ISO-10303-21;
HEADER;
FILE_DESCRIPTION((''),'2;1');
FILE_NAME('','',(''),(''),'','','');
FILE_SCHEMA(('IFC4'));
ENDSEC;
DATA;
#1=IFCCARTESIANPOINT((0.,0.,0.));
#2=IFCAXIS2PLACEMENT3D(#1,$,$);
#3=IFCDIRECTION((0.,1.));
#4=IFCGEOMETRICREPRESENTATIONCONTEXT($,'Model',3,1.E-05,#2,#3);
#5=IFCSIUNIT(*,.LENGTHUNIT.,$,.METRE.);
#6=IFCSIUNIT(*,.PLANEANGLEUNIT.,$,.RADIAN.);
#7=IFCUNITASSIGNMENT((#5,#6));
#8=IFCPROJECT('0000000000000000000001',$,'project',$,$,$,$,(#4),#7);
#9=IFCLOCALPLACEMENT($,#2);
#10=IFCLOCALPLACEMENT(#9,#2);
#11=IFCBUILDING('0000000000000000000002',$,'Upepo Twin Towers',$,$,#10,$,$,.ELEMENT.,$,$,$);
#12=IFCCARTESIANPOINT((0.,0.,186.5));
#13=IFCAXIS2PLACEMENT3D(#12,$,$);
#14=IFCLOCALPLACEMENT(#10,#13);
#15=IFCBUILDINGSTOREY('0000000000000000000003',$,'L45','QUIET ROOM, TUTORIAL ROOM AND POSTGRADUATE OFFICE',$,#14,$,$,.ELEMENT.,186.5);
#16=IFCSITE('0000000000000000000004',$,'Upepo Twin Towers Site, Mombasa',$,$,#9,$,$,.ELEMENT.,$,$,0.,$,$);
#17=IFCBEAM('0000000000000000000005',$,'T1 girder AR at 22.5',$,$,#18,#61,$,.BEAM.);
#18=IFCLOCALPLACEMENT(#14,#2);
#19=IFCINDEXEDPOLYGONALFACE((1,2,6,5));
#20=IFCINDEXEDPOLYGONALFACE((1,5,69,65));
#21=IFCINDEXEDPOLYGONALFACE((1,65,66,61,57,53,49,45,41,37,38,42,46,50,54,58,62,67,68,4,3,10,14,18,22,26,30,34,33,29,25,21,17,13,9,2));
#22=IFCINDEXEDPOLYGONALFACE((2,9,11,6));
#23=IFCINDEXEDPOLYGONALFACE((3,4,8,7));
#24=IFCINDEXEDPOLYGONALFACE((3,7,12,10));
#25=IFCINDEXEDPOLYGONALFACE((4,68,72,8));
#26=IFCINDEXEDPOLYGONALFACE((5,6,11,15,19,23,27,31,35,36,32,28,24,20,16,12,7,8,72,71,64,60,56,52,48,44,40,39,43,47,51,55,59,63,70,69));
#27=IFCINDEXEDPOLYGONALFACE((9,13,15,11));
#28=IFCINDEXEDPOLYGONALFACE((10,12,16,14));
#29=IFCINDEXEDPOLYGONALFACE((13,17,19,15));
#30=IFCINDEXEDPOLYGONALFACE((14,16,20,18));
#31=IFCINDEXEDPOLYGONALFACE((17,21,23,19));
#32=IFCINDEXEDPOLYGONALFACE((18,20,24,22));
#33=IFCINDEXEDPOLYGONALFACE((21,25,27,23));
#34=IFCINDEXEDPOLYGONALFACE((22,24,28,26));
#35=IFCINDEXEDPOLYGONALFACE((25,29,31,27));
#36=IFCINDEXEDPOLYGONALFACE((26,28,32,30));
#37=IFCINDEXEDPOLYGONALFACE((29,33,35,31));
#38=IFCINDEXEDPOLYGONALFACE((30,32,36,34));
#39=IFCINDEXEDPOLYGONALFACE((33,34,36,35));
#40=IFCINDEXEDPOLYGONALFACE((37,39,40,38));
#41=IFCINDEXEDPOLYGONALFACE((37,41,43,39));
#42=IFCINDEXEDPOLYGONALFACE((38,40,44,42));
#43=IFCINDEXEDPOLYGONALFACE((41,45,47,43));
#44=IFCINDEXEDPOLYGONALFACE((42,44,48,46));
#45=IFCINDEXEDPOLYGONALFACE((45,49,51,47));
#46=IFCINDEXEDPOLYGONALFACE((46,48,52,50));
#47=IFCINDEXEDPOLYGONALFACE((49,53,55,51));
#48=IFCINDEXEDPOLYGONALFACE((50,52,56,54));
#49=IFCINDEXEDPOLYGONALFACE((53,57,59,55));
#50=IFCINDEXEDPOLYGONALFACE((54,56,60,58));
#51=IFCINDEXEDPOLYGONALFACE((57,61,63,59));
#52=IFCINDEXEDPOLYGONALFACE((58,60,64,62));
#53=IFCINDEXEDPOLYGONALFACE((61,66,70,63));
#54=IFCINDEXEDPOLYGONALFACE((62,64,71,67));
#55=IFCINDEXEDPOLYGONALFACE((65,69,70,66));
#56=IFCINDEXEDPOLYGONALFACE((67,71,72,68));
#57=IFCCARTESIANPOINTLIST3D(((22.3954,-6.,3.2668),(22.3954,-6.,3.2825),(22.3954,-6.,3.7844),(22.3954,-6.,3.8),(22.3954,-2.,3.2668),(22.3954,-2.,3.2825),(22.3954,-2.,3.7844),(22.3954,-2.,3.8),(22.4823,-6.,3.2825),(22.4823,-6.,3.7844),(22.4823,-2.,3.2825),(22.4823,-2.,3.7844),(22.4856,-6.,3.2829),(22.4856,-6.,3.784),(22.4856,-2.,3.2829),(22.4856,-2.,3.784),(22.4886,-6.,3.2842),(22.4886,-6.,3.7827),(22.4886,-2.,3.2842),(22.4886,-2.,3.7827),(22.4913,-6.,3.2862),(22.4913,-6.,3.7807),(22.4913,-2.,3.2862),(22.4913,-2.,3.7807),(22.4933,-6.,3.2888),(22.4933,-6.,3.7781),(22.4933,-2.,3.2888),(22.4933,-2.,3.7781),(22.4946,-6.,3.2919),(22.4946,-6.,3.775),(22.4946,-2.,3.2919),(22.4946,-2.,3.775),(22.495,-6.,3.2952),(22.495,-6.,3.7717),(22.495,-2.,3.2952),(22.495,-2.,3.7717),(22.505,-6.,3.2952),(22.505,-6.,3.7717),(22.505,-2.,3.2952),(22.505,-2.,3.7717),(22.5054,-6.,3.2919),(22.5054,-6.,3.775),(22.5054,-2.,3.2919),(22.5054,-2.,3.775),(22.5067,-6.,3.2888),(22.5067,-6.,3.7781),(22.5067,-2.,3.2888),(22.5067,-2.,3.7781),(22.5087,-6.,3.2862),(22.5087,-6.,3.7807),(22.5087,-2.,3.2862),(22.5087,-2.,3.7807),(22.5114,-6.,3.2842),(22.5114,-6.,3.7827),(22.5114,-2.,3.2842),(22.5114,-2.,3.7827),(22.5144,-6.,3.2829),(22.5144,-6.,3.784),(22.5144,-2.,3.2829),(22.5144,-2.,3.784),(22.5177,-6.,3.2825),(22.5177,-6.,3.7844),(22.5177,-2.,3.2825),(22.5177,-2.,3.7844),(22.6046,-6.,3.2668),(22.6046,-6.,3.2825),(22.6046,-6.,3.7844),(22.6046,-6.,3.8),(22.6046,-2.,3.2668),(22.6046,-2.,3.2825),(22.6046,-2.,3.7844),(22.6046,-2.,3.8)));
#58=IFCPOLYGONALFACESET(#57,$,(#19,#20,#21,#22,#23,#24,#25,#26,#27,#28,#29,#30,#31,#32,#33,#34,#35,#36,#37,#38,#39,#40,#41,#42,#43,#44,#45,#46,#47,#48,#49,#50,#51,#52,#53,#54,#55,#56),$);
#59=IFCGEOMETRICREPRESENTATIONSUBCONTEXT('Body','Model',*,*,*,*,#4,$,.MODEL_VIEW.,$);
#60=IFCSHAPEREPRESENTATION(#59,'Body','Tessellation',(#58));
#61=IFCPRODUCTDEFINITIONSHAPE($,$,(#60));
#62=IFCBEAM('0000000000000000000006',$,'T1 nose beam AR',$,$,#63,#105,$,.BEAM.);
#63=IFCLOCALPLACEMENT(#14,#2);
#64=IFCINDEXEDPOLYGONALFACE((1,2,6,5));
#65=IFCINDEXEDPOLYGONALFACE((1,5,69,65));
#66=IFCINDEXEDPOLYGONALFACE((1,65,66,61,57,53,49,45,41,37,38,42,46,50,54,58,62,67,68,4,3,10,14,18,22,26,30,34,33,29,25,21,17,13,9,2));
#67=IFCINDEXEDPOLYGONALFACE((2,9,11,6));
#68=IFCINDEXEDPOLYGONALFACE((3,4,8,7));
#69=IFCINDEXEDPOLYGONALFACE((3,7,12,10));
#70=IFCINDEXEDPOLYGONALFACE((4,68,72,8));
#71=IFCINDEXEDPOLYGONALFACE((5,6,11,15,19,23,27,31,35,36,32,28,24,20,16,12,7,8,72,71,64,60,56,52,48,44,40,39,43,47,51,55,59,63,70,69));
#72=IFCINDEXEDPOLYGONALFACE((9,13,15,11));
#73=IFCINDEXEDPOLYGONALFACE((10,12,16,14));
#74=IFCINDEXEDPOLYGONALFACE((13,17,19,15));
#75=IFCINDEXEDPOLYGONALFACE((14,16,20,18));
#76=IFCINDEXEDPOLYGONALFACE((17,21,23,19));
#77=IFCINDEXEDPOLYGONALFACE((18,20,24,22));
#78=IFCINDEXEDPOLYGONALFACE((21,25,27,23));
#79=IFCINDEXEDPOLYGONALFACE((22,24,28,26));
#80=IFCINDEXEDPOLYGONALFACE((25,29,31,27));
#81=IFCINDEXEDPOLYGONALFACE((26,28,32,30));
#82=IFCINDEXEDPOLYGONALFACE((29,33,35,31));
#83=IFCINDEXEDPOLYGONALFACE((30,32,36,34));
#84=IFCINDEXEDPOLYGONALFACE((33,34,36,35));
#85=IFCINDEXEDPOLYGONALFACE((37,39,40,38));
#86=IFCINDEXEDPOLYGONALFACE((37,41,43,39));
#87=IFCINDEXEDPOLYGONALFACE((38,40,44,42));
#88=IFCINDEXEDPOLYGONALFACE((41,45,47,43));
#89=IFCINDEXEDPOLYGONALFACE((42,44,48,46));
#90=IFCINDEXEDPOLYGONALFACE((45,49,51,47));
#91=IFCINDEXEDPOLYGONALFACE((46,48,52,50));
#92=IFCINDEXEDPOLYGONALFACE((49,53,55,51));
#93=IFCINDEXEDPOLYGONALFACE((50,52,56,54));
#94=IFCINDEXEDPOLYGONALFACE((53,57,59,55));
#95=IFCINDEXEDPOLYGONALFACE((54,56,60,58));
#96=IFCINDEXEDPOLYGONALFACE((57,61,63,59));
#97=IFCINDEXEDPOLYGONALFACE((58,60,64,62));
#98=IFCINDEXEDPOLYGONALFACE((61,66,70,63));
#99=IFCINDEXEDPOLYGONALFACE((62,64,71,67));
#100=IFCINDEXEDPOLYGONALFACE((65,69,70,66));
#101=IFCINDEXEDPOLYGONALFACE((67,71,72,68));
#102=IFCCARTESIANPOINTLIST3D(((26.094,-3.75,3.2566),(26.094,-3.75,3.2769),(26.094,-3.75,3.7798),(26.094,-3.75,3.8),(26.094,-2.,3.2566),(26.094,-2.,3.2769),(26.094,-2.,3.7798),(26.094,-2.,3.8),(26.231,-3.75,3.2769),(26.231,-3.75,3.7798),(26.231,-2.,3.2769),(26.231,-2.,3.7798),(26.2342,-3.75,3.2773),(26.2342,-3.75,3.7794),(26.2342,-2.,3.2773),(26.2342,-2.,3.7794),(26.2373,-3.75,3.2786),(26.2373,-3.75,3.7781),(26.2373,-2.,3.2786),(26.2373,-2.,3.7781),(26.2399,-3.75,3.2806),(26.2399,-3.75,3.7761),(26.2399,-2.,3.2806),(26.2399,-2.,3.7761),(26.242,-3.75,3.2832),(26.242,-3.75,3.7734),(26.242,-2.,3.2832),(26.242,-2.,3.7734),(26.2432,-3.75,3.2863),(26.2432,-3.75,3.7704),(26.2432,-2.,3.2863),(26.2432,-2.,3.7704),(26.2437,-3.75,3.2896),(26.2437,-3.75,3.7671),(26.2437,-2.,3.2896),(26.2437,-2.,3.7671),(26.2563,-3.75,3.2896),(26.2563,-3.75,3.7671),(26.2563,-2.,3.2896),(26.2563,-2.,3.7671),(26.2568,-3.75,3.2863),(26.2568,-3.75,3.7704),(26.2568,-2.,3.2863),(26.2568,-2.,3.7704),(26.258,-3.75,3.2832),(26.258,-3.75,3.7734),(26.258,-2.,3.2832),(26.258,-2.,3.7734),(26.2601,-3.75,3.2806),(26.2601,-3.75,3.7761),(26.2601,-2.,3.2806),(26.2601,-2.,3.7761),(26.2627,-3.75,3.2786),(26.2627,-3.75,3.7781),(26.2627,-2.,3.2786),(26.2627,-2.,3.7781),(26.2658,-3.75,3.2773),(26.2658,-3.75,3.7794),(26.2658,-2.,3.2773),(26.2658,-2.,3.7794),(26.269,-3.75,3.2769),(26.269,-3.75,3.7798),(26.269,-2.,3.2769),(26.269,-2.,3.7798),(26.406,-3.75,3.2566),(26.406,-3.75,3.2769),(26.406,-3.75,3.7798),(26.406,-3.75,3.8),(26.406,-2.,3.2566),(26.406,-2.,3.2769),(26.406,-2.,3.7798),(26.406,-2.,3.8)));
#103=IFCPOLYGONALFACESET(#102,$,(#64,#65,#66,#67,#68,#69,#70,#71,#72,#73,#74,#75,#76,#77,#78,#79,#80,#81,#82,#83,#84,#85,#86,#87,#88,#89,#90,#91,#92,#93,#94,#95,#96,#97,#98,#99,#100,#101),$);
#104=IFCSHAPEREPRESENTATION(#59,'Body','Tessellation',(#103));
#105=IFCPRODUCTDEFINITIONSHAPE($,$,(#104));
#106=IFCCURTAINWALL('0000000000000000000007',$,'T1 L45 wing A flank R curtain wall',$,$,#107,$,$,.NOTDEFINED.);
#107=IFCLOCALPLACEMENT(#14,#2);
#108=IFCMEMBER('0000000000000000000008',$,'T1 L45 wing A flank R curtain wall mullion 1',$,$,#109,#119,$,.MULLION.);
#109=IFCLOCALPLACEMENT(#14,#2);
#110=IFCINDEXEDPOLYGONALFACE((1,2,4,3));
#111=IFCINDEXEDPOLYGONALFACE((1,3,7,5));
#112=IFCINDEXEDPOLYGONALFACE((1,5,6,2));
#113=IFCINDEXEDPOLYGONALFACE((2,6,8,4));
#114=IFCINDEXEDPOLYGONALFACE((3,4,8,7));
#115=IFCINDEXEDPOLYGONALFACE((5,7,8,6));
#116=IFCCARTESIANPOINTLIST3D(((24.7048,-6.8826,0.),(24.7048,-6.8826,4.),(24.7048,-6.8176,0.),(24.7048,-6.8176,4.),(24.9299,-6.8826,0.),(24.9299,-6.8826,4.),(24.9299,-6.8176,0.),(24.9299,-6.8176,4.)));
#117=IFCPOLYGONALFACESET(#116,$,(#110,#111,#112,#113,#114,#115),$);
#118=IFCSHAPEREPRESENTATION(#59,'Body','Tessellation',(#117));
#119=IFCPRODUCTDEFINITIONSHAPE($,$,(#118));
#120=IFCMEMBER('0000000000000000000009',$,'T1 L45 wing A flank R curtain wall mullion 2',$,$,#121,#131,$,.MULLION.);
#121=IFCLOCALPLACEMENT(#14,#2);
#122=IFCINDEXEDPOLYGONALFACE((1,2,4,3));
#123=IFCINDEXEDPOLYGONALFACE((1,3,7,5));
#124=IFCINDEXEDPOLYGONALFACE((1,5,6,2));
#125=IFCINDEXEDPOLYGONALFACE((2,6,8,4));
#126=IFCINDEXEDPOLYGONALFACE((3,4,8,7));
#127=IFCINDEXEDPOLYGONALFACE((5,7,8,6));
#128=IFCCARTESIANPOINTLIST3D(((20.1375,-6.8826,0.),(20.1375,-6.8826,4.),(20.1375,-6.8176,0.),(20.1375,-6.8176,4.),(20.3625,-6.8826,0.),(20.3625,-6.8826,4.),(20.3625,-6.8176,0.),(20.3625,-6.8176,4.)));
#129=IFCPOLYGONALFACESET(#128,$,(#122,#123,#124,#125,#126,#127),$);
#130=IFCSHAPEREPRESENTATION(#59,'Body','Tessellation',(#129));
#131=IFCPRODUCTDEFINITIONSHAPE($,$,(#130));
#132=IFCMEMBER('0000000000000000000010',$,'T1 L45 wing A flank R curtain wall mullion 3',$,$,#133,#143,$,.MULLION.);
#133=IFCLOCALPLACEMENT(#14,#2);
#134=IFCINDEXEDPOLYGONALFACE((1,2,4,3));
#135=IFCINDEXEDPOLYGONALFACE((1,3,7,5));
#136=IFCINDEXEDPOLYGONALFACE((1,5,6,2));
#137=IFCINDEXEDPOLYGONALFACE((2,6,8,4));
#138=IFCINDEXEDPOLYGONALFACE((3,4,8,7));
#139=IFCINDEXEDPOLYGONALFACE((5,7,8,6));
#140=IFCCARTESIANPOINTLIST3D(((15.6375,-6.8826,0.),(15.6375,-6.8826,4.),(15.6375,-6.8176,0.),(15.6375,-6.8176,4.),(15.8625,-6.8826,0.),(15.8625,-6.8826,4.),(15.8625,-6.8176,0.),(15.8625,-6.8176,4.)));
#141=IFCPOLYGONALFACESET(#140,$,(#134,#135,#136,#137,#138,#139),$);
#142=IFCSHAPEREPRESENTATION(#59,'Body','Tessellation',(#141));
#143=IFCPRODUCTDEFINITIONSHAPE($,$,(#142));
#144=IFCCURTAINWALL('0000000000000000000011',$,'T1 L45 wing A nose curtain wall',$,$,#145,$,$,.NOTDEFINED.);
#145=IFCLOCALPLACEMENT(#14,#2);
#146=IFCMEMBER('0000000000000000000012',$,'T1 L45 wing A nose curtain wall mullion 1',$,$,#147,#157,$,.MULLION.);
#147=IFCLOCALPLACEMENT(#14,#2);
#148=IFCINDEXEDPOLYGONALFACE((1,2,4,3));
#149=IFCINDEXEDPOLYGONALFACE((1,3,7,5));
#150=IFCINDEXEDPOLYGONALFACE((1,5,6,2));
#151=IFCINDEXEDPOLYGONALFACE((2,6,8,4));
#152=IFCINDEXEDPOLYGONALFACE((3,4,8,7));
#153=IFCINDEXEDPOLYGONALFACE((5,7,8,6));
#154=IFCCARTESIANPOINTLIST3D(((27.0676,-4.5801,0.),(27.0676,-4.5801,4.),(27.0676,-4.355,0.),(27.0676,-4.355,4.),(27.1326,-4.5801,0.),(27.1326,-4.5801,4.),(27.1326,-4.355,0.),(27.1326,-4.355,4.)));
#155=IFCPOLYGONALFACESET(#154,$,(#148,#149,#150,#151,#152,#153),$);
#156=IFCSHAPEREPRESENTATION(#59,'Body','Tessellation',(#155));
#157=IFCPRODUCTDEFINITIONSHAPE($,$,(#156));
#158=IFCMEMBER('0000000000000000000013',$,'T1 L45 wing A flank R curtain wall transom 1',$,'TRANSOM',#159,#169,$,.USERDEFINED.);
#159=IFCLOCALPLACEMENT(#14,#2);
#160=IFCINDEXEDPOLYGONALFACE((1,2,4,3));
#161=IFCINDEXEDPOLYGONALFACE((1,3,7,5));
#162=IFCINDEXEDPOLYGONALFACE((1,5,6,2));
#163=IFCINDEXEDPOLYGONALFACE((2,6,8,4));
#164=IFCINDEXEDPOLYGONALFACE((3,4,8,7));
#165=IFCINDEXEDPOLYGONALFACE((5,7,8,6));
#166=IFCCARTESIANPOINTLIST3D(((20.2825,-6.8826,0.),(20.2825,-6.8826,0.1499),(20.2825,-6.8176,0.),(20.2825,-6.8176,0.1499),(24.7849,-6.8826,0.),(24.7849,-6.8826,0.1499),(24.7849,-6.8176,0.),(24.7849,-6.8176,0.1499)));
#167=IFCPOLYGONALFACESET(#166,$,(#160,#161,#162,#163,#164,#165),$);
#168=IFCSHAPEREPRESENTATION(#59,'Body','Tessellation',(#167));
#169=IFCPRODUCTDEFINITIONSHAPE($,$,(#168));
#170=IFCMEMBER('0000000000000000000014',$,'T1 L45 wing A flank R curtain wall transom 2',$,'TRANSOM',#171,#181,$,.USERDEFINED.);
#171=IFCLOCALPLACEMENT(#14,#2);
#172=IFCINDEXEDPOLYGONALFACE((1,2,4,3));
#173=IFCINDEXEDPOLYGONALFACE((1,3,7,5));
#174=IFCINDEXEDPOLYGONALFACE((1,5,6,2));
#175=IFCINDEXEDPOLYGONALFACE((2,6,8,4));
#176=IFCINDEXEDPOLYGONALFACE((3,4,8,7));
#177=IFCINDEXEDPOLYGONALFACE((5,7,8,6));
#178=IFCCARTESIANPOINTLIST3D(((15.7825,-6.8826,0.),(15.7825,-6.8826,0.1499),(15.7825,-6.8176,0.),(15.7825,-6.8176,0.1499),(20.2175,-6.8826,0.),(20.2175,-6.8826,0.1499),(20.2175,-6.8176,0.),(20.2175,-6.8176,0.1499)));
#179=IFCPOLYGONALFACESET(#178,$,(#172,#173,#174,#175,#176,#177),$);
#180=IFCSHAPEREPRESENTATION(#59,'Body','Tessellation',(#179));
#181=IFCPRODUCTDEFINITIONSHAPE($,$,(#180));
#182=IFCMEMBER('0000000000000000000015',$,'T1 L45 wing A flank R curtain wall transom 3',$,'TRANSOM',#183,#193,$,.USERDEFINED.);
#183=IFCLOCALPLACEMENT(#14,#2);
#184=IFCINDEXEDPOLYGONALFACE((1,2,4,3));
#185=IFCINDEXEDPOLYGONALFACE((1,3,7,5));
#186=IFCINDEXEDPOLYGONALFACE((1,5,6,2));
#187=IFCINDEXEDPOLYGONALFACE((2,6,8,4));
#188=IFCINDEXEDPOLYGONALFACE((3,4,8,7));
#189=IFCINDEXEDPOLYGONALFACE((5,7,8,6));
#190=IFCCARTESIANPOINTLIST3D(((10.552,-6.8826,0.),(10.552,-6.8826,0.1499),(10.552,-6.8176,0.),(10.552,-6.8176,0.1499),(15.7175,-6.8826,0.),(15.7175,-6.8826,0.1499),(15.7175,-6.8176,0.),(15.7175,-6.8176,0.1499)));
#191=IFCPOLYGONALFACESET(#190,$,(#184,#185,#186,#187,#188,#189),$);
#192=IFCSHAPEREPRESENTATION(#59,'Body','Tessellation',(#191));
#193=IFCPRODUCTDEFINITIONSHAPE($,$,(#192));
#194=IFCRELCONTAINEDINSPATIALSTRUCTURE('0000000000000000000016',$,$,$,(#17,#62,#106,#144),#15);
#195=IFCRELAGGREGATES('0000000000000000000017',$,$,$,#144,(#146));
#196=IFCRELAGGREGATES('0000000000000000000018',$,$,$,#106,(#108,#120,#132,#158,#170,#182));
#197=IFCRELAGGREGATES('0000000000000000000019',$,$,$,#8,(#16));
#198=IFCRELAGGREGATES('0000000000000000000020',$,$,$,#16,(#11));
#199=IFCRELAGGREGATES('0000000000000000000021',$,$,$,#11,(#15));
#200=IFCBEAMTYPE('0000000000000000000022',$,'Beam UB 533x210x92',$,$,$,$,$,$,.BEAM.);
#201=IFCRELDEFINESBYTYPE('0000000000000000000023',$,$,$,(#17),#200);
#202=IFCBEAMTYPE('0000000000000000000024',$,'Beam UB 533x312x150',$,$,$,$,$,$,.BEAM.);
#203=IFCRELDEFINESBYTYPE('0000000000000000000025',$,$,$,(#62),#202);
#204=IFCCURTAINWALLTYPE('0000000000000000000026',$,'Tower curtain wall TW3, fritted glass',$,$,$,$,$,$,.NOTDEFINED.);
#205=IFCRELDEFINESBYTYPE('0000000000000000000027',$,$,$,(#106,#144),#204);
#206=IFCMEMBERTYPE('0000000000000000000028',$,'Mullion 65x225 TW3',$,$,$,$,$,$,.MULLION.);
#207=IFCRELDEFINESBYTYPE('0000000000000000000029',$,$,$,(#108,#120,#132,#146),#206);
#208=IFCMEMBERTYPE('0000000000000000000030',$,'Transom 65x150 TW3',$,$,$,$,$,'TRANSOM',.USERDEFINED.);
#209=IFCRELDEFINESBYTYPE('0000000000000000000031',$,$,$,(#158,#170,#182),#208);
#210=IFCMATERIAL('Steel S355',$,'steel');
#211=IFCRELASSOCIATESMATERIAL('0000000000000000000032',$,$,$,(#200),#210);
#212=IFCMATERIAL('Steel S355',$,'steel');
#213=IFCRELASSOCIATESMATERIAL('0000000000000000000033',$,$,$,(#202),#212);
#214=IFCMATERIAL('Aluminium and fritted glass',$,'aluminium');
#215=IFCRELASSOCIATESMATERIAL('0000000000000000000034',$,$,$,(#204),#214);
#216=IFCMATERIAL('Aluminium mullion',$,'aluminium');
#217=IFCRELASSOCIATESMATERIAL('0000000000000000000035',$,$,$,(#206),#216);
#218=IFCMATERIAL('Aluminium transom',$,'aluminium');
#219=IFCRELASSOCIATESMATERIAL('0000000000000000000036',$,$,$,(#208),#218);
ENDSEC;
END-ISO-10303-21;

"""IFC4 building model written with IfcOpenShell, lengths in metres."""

from ifc_helpers import new_model, si_unit, direction, frame, origin, origin_2d, place, context, subcontext, project, spatial, rectangle, i_section, extrude, material, material_profile, profile_set, type_object, element, aggregate, save


model = new_model("IFC4")

# Units and contexts
model_context = context("Model", 3, precision=1e-05, world=origin(), true_north=direction((0.0, 1.0)))
body_context = subcontext(model_context, "Body", "Model", "MODEL_VIEW")
ifc_project = project(units=[si_unit("LENGTHUNIT", "METRE"), si_unit("PLANEANGLEUNIT", "RADIAN")], contexts=[model_context])

# Site, building, storey
site_placement = place(None, origin())
site = spatial("IfcSite", under=ifc_project, at=site_placement, Name="Upepo Twin Towers Site, Mombasa", CompositionType="ELEMENT", RefElevation=0.0)
building_placement = place(site_placement, origin())
building = spatial("IfcBuilding", under=site, at=building_placement, Name="Upepo Twin Towers", CompositionType="ELEMENT")
storey_placement = place(building_placement, frame((0.0, 0.0, 186.5)))
storey = spatial("IfcBuildingStorey", under=building, at=storey_placement, Name="L45", Description="QUIET ROOM, TUTORIAL ROOM AND POSTGRADUATE OFFICE", CompositionType="ELEMENT", Elevation=186.5)

# Beams
ifc_material_1 = material(Name="Steel S355", Category="steel")
ifc_material_profile_1 = material_profile(ifc_material_1, i_section(OverallWidth=0.2092, OverallDepth=0.5332, WebThickness=0.01, FlangeThickness=0.0156, FilletRadius=0.0127, at=origin_2d()), Name="UB 533x210x92")
ifc_profile_set_1 = profile_set([ifc_material_profile_1], Name="Steel S355")
beam_type_1 = type_object("IfcBeamType", Name="Beam UB 533x210x92", PredefinedType="BEAM", material=ifc_profile_set_1)
for number, where, z_axis, x_axis, name in (
    (1, (22.5, -6.0, 3.5334), (0.0, 1.0, 0.0), (-1.0, 0.0, 0.0), "T1 girder AR at 22.5"),
):
    element("IfcBeam", number, at=place(storey_placement, frame(where, z_axis=z_axis, x_axis=x_axis)), inside=storey, type_object=beam_type_1, Name=name, PredefinedType="BEAM", context=body_context, shape_type="SweptSolid", body=[
        extrude(i_section(OverallWidth=0.2092, OverallDepth=0.5332, WebThickness=0.01, FlangeThickness=0.0156, FilletRadius=0.0127, at=origin_2d()), origin(), (0.0, 0.0, 1.0), 4.0),
    ])
ifc_material_2 = material(Name="Steel S355", Category="steel")
ifc_material_profile_2 = material_profile(ifc_material_2, i_section(OverallWidth=0.312, OverallDepth=0.5435, WebThickness=0.0127, FlangeThickness=0.0203, FilletRadius=0.0127, at=origin_2d()), Name="UB 533x312x150")
ifc_profile_set_2 = profile_set([ifc_material_profile_2], Name="Steel S355")
beam_type_2 = type_object("IfcBeamType", Name="Beam UB 533x312x150", PredefinedType="BEAM", material=ifc_profile_set_2)
beam_1_placement = place(storey_placement, frame((26.25, -3.75, 3.5283), z_axis=(0.0, 1.0, 0.0), x_axis=(-1.0, 0.0, 0.0)))
element("IfcBeam", 2, at=beam_1_placement, inside=storey, type_object=beam_type_2, Name="T1 nose beam AR", PredefinedType="BEAM", context=body_context, shape_type="SweptSolid", body=[
    extrude(i_section(OverallWidth=0.312, OverallDepth=0.5435, WebThickness=0.0127, FlangeThickness=0.0203, FilletRadius=0.0127, at=origin_2d()), origin(), (0.0, 0.0, 1.0), 1.75),
])

# Curtain wall, members
ifc_material_3 = material(Name="Aluminium and fritted glass", Category="aluminium")
curtain_wall_type = type_object("IfcCurtainWallType", Name="Tower curtain wall TW3, fritted glass", PredefinedType="NOTDEFINED", material=ifc_material_3)
curtain_wall_1_placement = place(storey_placement, origin())
curtain_wall_1 = element("IfcCurtainWall", 3, at=curtain_wall_1_placement, inside=storey, type_object=curtain_wall_type, Name="T1 L45 wing A flank R curtain wall", PredefinedType="NOTDEFINED")
ifc_material_4 = material(Name="Aluminium mullion", Category="aluminium")
ifc_material_profile_3 = material_profile(ifc_material_4, rectangle(XDim=0.0649, YDim=0.2251, at=origin_2d()), Name="MULLION 65x225")
ifc_profile_set_3 = profile_set([ifc_material_profile_3], Name="Aluminium mullion")
member_type_1 = type_object("IfcMemberType", Name="Mullion 65x225 TW3", PredefinedType="MULLION", material=ifc_profile_set_3)
member_1_placement = place(storey_placement, frame((24.8174, -6.8501, 0.0), z_axis=(0.0, 0.0, 1.0), x_axis=(0.0, -1.0, 0.0)))
member_1 = element("IfcMember", 4, at=member_1_placement, type_object=member_type_1, Name="T1 L45 wing A flank R curtain wall mullion 1", PredefinedType="MULLION", context=body_context, shape_type="SweptSolid", body=[
    extrude(rectangle(XDim=0.0649, YDim=0.2251, at=origin_2d()), origin(), (0.0, 0.0, 1.0), 4.0),
])
member_2_placement = place(storey_placement, frame((20.25, -6.8501, 0.0), z_axis=(0.0, 0.0, 1.0), x_axis=(0.0, -1.0, 0.0)))
member_2 = element("IfcMember", 5, at=member_2_placement, type_object=member_type_1, Name="T1 L45 wing A flank R curtain wall mullion 2", PredefinedType="MULLION", context=body_context, shape_type="SweptSolid", body=[
    extrude(rectangle(XDim=0.0649, YDim=0.2251, at=origin_2d()), origin(), (0.0, 0.0, 1.0), 4.0),
])
member_3_placement = place(storey_placement, frame((15.75, -6.8501, 0.0), z_axis=(0.0, 0.0, 1.0), x_axis=(0.0, -1.0, 0.0)))
member_3 = element("IfcMember", 6, at=member_3_placement, type_object=member_type_1, Name="T1 L45 wing A flank R curtain wall mullion 3", PredefinedType="MULLION", context=body_context, shape_type="SweptSolid", body=[
    extrude(rectangle(XDim=0.0649, YDim=0.2251, at=origin_2d()), origin(), (0.0, 0.0, 1.0), 4.0),
])

# Curtain wall, member
curtain_wall_2_placement = place(storey_placement, origin())
curtain_wall_2 = element("IfcCurtainWall", 7, at=curtain_wall_2_placement, inside=storey, type_object=curtain_wall_type, Name="T1 L45 wing A nose curtain wall", PredefinedType="NOTDEFINED")
member_4_placement = place(storey_placement, frame((27.1001, -4.4675, 0.0), z_axis=(0.0, 0.0, 1.0), x_axis=(-1.0, 0.0, 0.0)))
member_4 = element("IfcMember", 8, at=member_4_placement, type_object=member_type_1, Name="T1 L45 wing A nose curtain wall mullion 1", PredefinedType="MULLION", context=body_context, shape_type="SweptSolid", body=[
    extrude(rectangle(XDim=0.0649, YDim=0.2251, at=origin_2d()), origin(), (0.0, 0.0, 1.0), 4.0),
])

# Members
ifc_material_5 = material(Name="Aluminium transom", Category="aluminium")
ifc_material_profile_4 = material_profile(ifc_material_5, rectangle(XDim=0.0649, YDim=0.1499, at=origin_2d()), Name="TRANSOM 65x150")
ifc_profile_set_4 = profile_set([ifc_material_profile_4], Name="Aluminium transom")
member_type_2 = type_object("IfcMemberType", Name="Transom 65x150 TW3", ElementType="TRANSOM", PredefinedType="USERDEFINED", material=ifc_profile_set_4)
member_5_placement = place(storey_placement, frame((24.7849, -6.8501, 0.075), z_axis=(-1.0, 0.0, 0.0), x_axis=(0.0, -1.0, 0.0)))
member_5 = element("IfcMember", 9, at=member_5_placement, type_object=member_type_2, Name="T1 L45 wing A flank R curtain wall transom 1", ObjectType="TRANSOM", PredefinedType="USERDEFINED", context=body_context, shape_type="SweptSolid", body=[
    extrude(rectangle(XDim=0.0649, YDim=0.1499, at=origin_2d()), origin(), (0.0, 0.0, 1.0), 4.5024),
])
member_6_placement = place(storey_placement, frame((20.2175, -6.8501, 0.075), z_axis=(-1.0, 0.0, 0.0), x_axis=(0.0, -1.0, 0.0)))
member_6 = element("IfcMember", 10, at=member_6_placement, type_object=member_type_2, Name="T1 L45 wing A flank R curtain wall transom 2", ObjectType="TRANSOM", PredefinedType="USERDEFINED", context=body_context, shape_type="SweptSolid", body=[
    extrude(rectangle(XDim=0.0649, YDim=0.1499, at=origin_2d()), origin(), (0.0, 0.0, 1.0), 4.4351),
])
member_7_placement = place(storey_placement, frame((15.7175, -6.8501, 0.075), z_axis=(-1.0, 0.0, 0.0), x_axis=(0.0, -1.0, 0.0)))
member_7 = element("IfcMember", 11, at=member_7_placement, type_object=member_type_2, Name="T1 L45 wing A flank R curtain wall transom 3", ObjectType="TRANSOM", PredefinedType="USERDEFINED", context=body_context, shape_type="SweptSolid", body=[
    extrude(rectangle(XDim=0.0649, YDim=0.1499, at=origin_2d()), origin(), (0.0, 0.0, 1.0), 5.1655),
])
aggregate(curtain_wall_2, [member_4])

aggregate(curtain_wall_1, [member_1, member_2, member_3, member_5, member_6, member_7])

save(model, "model.ifc")
